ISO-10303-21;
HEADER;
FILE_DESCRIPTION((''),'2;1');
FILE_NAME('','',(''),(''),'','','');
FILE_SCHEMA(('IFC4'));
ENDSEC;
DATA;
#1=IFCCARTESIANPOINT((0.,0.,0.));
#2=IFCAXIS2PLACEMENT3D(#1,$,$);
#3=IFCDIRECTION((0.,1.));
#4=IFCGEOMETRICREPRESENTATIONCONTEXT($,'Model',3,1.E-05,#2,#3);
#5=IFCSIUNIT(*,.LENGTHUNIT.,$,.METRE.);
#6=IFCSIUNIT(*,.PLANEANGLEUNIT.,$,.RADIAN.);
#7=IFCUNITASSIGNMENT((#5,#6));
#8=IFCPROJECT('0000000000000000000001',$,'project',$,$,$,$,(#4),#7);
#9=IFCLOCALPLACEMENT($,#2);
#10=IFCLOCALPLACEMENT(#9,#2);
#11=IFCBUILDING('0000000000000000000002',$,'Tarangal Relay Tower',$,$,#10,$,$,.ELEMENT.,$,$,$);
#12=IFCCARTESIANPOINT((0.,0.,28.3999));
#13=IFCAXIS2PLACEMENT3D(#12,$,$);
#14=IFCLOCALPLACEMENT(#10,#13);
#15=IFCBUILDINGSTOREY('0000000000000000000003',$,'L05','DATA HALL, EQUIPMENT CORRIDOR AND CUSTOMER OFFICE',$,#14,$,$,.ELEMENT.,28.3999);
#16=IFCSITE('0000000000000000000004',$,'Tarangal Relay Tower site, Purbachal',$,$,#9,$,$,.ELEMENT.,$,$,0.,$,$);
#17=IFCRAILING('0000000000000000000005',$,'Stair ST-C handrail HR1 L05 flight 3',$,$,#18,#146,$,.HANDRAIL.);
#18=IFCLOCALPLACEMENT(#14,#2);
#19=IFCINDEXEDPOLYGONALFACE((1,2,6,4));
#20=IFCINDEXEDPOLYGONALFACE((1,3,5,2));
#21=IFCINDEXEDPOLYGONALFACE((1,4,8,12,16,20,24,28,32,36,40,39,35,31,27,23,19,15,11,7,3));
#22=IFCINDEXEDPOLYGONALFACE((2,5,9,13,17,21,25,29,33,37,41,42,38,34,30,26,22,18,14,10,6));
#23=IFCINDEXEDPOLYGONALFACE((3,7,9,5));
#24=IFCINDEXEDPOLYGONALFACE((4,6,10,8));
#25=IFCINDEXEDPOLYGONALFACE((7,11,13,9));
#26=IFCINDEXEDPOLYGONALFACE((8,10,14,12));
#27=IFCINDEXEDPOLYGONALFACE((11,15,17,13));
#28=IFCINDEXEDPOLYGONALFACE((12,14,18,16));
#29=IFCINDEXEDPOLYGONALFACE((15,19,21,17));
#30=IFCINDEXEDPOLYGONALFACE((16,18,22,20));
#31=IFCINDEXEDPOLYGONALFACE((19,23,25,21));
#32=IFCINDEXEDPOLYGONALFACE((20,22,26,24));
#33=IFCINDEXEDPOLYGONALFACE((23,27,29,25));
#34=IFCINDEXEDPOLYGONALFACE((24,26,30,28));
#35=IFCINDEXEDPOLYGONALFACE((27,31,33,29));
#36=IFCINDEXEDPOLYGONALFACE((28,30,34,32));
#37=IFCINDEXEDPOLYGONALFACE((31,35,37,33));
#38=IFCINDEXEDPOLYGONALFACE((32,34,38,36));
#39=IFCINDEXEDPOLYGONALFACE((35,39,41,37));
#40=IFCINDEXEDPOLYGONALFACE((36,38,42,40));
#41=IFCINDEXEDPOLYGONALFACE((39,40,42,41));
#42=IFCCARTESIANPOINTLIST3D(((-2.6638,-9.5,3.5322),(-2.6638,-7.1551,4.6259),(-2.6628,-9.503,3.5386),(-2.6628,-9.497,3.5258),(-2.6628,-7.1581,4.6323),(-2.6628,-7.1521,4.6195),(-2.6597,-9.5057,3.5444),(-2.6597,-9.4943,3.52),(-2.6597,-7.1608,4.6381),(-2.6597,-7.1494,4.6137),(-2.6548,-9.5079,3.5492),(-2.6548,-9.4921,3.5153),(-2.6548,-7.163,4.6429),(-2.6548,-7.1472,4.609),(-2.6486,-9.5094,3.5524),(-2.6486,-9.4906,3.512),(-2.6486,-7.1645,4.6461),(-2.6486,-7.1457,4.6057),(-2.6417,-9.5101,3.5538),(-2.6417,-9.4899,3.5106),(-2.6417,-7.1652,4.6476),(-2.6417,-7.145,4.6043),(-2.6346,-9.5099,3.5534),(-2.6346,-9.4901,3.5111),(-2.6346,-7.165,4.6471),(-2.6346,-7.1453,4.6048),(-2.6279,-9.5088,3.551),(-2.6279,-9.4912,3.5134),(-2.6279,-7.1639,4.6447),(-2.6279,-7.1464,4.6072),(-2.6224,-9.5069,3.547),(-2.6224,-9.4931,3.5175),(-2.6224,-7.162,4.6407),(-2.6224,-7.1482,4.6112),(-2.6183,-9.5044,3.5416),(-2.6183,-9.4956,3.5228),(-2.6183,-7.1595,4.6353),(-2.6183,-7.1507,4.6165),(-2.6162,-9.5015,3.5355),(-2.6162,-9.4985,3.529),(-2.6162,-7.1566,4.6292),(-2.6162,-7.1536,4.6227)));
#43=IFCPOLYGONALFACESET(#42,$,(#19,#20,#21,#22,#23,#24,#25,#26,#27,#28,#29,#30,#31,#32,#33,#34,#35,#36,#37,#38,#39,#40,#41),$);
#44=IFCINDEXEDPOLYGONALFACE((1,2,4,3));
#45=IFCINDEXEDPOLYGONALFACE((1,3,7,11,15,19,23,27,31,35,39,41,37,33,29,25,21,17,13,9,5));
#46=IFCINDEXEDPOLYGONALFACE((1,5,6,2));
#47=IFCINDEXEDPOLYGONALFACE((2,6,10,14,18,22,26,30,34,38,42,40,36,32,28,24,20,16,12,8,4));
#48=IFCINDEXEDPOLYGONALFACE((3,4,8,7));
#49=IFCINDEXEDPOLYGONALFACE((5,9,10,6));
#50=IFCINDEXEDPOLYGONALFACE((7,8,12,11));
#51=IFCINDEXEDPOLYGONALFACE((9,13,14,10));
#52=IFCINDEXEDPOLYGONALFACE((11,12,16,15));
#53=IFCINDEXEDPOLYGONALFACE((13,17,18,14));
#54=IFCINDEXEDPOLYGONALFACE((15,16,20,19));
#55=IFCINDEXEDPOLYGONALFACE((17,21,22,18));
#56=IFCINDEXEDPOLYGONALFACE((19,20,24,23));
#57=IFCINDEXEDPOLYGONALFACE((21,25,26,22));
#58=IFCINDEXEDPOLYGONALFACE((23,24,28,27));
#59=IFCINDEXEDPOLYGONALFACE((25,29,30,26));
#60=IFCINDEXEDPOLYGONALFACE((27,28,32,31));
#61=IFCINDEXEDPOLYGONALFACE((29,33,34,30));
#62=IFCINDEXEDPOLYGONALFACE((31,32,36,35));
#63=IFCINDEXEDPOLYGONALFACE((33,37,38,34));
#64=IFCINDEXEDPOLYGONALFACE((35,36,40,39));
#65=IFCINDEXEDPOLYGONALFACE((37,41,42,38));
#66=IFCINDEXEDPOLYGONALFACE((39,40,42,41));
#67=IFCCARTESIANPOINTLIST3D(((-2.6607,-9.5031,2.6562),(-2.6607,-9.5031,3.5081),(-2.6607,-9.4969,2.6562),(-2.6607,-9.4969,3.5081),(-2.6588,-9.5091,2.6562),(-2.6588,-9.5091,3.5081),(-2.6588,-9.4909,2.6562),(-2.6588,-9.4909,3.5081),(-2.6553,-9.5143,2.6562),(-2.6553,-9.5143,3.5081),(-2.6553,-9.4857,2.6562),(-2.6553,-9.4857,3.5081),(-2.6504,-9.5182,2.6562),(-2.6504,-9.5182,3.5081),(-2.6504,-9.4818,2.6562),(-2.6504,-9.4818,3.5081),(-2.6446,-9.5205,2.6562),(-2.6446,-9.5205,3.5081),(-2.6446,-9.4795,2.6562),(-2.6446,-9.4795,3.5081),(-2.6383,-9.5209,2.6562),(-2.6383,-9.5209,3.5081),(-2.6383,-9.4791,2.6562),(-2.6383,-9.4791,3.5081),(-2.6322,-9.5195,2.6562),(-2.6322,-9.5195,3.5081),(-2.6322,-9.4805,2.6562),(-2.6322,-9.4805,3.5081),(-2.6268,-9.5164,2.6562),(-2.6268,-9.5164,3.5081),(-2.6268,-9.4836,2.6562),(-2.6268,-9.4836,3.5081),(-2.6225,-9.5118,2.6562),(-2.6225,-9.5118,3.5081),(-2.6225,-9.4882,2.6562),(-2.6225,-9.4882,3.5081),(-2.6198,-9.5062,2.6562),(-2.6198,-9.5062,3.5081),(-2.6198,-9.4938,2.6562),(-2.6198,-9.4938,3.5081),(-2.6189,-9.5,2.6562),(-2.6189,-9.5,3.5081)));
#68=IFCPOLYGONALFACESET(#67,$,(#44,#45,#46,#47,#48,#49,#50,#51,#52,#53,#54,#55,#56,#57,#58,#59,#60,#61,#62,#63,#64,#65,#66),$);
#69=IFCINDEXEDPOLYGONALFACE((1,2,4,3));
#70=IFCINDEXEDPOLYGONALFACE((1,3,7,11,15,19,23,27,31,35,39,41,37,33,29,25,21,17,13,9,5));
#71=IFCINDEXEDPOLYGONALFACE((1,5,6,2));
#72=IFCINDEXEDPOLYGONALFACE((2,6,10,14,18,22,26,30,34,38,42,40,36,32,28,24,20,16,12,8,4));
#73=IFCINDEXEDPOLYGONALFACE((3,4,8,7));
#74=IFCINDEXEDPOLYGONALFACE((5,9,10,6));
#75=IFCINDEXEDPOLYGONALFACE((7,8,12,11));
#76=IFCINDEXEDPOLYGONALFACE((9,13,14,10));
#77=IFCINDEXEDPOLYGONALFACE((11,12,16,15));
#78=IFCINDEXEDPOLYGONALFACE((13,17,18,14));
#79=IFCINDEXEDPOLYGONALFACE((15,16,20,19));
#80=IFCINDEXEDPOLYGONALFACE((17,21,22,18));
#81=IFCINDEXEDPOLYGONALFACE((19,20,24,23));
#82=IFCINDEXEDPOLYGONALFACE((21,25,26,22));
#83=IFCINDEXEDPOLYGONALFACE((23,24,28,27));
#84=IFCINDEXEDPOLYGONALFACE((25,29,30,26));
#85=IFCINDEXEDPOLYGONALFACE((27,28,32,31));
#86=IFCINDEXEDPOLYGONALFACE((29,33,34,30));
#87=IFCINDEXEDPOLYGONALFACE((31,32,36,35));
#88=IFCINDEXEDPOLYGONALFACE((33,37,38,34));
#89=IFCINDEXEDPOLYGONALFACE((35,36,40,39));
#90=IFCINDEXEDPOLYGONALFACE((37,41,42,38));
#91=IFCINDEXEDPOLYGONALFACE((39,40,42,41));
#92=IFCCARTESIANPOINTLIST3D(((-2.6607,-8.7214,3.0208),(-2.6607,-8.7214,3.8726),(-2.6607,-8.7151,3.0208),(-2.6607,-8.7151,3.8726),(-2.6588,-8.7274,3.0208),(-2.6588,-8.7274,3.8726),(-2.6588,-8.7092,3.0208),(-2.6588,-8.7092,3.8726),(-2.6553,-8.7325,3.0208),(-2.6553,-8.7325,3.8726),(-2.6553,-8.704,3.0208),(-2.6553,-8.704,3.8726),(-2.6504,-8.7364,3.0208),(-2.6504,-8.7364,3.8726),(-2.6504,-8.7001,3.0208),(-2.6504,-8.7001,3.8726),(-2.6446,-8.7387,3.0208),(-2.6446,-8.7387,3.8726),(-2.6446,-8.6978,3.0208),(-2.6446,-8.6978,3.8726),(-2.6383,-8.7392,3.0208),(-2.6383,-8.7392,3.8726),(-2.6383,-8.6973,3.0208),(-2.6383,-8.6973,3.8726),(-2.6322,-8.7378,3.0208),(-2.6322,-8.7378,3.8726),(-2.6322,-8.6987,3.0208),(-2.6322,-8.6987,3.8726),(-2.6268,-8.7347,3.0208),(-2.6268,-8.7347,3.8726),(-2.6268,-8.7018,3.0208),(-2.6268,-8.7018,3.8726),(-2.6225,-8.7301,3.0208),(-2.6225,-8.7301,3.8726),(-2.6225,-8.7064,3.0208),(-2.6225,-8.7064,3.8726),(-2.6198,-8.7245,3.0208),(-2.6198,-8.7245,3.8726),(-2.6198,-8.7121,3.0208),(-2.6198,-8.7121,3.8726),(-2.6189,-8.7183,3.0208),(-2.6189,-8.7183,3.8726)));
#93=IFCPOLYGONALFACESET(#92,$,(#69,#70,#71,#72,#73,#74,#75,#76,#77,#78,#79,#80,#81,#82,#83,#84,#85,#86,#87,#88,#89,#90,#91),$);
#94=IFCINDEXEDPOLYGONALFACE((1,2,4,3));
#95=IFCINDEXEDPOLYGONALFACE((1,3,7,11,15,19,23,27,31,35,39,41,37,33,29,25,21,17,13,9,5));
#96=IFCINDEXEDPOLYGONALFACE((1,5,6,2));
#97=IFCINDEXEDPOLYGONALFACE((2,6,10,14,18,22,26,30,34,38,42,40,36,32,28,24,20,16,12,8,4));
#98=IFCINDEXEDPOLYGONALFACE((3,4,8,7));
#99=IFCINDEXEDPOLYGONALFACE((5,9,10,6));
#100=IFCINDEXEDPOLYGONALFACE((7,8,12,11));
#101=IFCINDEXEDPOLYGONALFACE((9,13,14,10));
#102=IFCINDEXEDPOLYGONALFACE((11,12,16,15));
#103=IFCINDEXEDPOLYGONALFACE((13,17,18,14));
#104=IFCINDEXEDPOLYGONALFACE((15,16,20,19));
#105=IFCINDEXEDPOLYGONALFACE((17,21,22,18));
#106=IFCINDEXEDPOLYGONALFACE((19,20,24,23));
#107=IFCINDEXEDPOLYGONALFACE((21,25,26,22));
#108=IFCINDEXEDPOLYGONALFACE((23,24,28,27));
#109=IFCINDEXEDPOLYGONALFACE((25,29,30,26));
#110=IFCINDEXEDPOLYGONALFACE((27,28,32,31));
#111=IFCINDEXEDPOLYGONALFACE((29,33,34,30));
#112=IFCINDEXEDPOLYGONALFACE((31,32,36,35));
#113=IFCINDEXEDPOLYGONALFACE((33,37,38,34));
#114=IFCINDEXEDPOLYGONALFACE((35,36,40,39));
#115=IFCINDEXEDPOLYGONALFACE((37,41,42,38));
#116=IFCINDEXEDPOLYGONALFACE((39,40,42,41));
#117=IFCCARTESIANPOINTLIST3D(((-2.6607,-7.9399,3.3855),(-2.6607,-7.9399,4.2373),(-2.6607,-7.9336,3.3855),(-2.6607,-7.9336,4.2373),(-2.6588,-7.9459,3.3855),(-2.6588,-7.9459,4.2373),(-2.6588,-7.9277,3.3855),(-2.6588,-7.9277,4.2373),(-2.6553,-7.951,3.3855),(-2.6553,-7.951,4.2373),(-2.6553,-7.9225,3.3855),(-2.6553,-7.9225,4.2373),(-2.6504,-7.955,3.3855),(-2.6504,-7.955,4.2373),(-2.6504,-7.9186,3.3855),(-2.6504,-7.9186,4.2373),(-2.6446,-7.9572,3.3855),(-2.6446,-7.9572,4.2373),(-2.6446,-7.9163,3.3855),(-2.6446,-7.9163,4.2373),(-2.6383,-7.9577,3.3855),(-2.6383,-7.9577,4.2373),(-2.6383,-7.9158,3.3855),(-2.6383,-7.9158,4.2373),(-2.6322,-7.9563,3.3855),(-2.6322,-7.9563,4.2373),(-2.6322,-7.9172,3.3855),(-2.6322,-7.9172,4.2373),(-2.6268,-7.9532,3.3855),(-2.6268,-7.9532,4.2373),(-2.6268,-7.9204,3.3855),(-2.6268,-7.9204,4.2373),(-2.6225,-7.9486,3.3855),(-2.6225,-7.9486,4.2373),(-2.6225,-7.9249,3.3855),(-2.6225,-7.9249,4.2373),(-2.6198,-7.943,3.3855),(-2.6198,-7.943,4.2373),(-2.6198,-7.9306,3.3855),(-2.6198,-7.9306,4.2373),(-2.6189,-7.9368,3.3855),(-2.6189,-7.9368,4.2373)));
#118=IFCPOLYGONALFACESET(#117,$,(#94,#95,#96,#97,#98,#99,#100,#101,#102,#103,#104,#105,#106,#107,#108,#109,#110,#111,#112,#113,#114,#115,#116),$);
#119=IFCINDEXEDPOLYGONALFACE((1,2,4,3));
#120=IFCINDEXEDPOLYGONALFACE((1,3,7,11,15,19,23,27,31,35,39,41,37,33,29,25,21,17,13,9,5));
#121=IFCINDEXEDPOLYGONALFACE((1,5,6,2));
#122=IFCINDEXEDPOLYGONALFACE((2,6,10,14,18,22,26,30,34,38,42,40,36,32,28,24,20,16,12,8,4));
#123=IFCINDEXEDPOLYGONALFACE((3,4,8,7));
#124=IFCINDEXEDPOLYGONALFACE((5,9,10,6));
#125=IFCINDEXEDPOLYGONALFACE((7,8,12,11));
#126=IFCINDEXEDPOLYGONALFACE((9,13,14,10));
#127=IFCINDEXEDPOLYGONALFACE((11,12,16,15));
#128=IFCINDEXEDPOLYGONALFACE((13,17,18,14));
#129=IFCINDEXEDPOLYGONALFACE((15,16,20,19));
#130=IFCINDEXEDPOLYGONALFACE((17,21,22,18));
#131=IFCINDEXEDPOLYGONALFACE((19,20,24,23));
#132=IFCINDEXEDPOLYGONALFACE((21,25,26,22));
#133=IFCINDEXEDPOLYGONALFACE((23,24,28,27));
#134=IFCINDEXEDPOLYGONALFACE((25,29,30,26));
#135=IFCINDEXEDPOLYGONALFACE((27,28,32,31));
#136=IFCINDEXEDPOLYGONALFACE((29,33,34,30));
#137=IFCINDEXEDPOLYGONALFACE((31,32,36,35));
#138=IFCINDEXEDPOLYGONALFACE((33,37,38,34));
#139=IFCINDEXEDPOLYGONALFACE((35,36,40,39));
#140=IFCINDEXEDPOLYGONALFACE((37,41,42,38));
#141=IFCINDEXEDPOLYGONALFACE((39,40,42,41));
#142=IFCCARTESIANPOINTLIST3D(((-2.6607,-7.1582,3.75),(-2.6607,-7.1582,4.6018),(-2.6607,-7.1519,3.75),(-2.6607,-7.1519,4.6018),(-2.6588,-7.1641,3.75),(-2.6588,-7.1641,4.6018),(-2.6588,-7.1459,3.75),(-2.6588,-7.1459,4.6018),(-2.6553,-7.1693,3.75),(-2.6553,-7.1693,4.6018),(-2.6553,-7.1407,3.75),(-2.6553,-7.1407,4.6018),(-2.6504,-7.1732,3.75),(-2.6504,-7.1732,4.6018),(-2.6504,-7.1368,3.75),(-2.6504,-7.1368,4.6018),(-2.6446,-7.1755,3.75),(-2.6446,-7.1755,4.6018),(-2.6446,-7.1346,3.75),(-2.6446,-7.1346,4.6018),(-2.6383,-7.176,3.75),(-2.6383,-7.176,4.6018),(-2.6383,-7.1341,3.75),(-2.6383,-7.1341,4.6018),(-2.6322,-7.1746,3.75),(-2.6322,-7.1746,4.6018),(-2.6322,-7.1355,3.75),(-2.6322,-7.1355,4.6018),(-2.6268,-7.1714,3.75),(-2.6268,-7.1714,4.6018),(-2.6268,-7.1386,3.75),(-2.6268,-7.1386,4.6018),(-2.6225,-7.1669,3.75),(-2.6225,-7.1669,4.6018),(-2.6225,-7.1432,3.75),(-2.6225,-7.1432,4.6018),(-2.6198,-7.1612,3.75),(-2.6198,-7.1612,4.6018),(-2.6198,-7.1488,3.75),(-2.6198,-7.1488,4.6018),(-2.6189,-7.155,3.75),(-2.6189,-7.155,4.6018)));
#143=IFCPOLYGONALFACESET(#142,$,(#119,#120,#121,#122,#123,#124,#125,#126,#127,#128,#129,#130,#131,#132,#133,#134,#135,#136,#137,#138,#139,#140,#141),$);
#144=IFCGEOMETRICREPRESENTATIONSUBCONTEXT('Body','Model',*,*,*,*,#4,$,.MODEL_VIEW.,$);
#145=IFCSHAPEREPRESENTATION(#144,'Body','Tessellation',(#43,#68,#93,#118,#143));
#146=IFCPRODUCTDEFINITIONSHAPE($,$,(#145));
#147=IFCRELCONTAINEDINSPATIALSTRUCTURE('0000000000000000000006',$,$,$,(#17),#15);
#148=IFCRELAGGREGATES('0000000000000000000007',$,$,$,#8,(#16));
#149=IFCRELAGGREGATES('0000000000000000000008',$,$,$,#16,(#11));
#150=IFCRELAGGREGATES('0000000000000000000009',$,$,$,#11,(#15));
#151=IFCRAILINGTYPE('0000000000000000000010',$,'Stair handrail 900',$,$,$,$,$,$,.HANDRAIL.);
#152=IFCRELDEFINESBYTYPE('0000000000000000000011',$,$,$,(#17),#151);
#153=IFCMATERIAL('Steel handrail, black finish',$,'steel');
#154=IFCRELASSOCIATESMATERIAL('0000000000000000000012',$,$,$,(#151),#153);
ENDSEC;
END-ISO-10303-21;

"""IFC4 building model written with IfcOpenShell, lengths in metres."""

from ifc_helpers import new_model, si_unit, direction, frame, origin, origin_2d, place, context, subcontext, project, spatial, circle, extrude, material, type_object, element, save


model = new_model("IFC4")

# Units and contexts
model_context = context("Model", 3, precision=1e-05, world=origin(), true_north=direction((0.0, 1.0)))
body_context = subcontext(model_context, "Body", "Model", "MODEL_VIEW")
ifc_project = project(units=[si_unit("LENGTHUNIT", "METRE"), si_unit("PLANEANGLEUNIT", "RADIAN")], contexts=[model_context])

# Site, building, storey
site_placement = place(None, origin())
site = spatial("IfcSite", under=ifc_project, at=site_placement, Name="Tarangal Relay Tower site, Purbachal", CompositionType="ELEMENT", RefElevation=0.0)
building_placement = place(site_placement, origin())
building = spatial("IfcBuilding", under=site, at=building_placement, Name="Tarangal Relay Tower", CompositionType="ELEMENT")
storey_placement = place(building_placement, frame((0.0, 0.0, 28.3999)))
storey = spatial("IfcBuildingStorey", under=building, at=storey_placement, Name="L05", Description="DATA HALL, EQUIPMENT CORRIDOR AND CUSTOMER OFFICE", CompositionType="ELEMENT", Elevation=28.3999)

# Railing
ifc_material_1 = material(Name="Steel handrail, black finish", Category="steel")
railing_type_1 = type_object("IfcRailingType", Name="Stair handrail 900", PredefinedType="HANDRAIL", material=ifc_material_1)
for number, where, name in (
    (1, (-2.6399, -9.5, 2.6562), "Stair ST-C handrail HR1 L05 flight 3"),
):
    element("IfcRailing", number, at=place(storey_placement, frame(where)), inside=storey, type_object=railing_type_1, Name=name, PredefinedType="HANDRAIL", context=body_context, shape_type="SweptSolid", body=[
        extrude(circle(Radius=0.0239, at=origin_2d()), frame((0.0, 0.0, 0.876), z_axis=(0.0, 0.906267, 0.422705), x_axis=(-1.0, 0.0, 0.0)), (0.0, 0.0, 1.0), 2.5874),
        extrude(circle(Radius=0.021, at=origin_2d()), origin(), (0.0, 0.0, 1.0), 0.8518),
        extrude(circle(Radius=0.021, at=origin_2d()), frame((0.0, 0.7817, 0.3645)), (0.0, 0.0, 1.0), 0.8518),
        extrude(circle(Radius=0.021, at=origin_2d()), frame((0.0, 1.5632, 0.7292)), (0.0, 0.0, 1.0), 0.8518),
        extrude(circle(Radius=0.021, at=origin_2d()), frame((0.0, 2.345, 1.0938)), (0.0, 0.0, 1.0), 0.8518),
    ])

save(model, "model.ifc")
